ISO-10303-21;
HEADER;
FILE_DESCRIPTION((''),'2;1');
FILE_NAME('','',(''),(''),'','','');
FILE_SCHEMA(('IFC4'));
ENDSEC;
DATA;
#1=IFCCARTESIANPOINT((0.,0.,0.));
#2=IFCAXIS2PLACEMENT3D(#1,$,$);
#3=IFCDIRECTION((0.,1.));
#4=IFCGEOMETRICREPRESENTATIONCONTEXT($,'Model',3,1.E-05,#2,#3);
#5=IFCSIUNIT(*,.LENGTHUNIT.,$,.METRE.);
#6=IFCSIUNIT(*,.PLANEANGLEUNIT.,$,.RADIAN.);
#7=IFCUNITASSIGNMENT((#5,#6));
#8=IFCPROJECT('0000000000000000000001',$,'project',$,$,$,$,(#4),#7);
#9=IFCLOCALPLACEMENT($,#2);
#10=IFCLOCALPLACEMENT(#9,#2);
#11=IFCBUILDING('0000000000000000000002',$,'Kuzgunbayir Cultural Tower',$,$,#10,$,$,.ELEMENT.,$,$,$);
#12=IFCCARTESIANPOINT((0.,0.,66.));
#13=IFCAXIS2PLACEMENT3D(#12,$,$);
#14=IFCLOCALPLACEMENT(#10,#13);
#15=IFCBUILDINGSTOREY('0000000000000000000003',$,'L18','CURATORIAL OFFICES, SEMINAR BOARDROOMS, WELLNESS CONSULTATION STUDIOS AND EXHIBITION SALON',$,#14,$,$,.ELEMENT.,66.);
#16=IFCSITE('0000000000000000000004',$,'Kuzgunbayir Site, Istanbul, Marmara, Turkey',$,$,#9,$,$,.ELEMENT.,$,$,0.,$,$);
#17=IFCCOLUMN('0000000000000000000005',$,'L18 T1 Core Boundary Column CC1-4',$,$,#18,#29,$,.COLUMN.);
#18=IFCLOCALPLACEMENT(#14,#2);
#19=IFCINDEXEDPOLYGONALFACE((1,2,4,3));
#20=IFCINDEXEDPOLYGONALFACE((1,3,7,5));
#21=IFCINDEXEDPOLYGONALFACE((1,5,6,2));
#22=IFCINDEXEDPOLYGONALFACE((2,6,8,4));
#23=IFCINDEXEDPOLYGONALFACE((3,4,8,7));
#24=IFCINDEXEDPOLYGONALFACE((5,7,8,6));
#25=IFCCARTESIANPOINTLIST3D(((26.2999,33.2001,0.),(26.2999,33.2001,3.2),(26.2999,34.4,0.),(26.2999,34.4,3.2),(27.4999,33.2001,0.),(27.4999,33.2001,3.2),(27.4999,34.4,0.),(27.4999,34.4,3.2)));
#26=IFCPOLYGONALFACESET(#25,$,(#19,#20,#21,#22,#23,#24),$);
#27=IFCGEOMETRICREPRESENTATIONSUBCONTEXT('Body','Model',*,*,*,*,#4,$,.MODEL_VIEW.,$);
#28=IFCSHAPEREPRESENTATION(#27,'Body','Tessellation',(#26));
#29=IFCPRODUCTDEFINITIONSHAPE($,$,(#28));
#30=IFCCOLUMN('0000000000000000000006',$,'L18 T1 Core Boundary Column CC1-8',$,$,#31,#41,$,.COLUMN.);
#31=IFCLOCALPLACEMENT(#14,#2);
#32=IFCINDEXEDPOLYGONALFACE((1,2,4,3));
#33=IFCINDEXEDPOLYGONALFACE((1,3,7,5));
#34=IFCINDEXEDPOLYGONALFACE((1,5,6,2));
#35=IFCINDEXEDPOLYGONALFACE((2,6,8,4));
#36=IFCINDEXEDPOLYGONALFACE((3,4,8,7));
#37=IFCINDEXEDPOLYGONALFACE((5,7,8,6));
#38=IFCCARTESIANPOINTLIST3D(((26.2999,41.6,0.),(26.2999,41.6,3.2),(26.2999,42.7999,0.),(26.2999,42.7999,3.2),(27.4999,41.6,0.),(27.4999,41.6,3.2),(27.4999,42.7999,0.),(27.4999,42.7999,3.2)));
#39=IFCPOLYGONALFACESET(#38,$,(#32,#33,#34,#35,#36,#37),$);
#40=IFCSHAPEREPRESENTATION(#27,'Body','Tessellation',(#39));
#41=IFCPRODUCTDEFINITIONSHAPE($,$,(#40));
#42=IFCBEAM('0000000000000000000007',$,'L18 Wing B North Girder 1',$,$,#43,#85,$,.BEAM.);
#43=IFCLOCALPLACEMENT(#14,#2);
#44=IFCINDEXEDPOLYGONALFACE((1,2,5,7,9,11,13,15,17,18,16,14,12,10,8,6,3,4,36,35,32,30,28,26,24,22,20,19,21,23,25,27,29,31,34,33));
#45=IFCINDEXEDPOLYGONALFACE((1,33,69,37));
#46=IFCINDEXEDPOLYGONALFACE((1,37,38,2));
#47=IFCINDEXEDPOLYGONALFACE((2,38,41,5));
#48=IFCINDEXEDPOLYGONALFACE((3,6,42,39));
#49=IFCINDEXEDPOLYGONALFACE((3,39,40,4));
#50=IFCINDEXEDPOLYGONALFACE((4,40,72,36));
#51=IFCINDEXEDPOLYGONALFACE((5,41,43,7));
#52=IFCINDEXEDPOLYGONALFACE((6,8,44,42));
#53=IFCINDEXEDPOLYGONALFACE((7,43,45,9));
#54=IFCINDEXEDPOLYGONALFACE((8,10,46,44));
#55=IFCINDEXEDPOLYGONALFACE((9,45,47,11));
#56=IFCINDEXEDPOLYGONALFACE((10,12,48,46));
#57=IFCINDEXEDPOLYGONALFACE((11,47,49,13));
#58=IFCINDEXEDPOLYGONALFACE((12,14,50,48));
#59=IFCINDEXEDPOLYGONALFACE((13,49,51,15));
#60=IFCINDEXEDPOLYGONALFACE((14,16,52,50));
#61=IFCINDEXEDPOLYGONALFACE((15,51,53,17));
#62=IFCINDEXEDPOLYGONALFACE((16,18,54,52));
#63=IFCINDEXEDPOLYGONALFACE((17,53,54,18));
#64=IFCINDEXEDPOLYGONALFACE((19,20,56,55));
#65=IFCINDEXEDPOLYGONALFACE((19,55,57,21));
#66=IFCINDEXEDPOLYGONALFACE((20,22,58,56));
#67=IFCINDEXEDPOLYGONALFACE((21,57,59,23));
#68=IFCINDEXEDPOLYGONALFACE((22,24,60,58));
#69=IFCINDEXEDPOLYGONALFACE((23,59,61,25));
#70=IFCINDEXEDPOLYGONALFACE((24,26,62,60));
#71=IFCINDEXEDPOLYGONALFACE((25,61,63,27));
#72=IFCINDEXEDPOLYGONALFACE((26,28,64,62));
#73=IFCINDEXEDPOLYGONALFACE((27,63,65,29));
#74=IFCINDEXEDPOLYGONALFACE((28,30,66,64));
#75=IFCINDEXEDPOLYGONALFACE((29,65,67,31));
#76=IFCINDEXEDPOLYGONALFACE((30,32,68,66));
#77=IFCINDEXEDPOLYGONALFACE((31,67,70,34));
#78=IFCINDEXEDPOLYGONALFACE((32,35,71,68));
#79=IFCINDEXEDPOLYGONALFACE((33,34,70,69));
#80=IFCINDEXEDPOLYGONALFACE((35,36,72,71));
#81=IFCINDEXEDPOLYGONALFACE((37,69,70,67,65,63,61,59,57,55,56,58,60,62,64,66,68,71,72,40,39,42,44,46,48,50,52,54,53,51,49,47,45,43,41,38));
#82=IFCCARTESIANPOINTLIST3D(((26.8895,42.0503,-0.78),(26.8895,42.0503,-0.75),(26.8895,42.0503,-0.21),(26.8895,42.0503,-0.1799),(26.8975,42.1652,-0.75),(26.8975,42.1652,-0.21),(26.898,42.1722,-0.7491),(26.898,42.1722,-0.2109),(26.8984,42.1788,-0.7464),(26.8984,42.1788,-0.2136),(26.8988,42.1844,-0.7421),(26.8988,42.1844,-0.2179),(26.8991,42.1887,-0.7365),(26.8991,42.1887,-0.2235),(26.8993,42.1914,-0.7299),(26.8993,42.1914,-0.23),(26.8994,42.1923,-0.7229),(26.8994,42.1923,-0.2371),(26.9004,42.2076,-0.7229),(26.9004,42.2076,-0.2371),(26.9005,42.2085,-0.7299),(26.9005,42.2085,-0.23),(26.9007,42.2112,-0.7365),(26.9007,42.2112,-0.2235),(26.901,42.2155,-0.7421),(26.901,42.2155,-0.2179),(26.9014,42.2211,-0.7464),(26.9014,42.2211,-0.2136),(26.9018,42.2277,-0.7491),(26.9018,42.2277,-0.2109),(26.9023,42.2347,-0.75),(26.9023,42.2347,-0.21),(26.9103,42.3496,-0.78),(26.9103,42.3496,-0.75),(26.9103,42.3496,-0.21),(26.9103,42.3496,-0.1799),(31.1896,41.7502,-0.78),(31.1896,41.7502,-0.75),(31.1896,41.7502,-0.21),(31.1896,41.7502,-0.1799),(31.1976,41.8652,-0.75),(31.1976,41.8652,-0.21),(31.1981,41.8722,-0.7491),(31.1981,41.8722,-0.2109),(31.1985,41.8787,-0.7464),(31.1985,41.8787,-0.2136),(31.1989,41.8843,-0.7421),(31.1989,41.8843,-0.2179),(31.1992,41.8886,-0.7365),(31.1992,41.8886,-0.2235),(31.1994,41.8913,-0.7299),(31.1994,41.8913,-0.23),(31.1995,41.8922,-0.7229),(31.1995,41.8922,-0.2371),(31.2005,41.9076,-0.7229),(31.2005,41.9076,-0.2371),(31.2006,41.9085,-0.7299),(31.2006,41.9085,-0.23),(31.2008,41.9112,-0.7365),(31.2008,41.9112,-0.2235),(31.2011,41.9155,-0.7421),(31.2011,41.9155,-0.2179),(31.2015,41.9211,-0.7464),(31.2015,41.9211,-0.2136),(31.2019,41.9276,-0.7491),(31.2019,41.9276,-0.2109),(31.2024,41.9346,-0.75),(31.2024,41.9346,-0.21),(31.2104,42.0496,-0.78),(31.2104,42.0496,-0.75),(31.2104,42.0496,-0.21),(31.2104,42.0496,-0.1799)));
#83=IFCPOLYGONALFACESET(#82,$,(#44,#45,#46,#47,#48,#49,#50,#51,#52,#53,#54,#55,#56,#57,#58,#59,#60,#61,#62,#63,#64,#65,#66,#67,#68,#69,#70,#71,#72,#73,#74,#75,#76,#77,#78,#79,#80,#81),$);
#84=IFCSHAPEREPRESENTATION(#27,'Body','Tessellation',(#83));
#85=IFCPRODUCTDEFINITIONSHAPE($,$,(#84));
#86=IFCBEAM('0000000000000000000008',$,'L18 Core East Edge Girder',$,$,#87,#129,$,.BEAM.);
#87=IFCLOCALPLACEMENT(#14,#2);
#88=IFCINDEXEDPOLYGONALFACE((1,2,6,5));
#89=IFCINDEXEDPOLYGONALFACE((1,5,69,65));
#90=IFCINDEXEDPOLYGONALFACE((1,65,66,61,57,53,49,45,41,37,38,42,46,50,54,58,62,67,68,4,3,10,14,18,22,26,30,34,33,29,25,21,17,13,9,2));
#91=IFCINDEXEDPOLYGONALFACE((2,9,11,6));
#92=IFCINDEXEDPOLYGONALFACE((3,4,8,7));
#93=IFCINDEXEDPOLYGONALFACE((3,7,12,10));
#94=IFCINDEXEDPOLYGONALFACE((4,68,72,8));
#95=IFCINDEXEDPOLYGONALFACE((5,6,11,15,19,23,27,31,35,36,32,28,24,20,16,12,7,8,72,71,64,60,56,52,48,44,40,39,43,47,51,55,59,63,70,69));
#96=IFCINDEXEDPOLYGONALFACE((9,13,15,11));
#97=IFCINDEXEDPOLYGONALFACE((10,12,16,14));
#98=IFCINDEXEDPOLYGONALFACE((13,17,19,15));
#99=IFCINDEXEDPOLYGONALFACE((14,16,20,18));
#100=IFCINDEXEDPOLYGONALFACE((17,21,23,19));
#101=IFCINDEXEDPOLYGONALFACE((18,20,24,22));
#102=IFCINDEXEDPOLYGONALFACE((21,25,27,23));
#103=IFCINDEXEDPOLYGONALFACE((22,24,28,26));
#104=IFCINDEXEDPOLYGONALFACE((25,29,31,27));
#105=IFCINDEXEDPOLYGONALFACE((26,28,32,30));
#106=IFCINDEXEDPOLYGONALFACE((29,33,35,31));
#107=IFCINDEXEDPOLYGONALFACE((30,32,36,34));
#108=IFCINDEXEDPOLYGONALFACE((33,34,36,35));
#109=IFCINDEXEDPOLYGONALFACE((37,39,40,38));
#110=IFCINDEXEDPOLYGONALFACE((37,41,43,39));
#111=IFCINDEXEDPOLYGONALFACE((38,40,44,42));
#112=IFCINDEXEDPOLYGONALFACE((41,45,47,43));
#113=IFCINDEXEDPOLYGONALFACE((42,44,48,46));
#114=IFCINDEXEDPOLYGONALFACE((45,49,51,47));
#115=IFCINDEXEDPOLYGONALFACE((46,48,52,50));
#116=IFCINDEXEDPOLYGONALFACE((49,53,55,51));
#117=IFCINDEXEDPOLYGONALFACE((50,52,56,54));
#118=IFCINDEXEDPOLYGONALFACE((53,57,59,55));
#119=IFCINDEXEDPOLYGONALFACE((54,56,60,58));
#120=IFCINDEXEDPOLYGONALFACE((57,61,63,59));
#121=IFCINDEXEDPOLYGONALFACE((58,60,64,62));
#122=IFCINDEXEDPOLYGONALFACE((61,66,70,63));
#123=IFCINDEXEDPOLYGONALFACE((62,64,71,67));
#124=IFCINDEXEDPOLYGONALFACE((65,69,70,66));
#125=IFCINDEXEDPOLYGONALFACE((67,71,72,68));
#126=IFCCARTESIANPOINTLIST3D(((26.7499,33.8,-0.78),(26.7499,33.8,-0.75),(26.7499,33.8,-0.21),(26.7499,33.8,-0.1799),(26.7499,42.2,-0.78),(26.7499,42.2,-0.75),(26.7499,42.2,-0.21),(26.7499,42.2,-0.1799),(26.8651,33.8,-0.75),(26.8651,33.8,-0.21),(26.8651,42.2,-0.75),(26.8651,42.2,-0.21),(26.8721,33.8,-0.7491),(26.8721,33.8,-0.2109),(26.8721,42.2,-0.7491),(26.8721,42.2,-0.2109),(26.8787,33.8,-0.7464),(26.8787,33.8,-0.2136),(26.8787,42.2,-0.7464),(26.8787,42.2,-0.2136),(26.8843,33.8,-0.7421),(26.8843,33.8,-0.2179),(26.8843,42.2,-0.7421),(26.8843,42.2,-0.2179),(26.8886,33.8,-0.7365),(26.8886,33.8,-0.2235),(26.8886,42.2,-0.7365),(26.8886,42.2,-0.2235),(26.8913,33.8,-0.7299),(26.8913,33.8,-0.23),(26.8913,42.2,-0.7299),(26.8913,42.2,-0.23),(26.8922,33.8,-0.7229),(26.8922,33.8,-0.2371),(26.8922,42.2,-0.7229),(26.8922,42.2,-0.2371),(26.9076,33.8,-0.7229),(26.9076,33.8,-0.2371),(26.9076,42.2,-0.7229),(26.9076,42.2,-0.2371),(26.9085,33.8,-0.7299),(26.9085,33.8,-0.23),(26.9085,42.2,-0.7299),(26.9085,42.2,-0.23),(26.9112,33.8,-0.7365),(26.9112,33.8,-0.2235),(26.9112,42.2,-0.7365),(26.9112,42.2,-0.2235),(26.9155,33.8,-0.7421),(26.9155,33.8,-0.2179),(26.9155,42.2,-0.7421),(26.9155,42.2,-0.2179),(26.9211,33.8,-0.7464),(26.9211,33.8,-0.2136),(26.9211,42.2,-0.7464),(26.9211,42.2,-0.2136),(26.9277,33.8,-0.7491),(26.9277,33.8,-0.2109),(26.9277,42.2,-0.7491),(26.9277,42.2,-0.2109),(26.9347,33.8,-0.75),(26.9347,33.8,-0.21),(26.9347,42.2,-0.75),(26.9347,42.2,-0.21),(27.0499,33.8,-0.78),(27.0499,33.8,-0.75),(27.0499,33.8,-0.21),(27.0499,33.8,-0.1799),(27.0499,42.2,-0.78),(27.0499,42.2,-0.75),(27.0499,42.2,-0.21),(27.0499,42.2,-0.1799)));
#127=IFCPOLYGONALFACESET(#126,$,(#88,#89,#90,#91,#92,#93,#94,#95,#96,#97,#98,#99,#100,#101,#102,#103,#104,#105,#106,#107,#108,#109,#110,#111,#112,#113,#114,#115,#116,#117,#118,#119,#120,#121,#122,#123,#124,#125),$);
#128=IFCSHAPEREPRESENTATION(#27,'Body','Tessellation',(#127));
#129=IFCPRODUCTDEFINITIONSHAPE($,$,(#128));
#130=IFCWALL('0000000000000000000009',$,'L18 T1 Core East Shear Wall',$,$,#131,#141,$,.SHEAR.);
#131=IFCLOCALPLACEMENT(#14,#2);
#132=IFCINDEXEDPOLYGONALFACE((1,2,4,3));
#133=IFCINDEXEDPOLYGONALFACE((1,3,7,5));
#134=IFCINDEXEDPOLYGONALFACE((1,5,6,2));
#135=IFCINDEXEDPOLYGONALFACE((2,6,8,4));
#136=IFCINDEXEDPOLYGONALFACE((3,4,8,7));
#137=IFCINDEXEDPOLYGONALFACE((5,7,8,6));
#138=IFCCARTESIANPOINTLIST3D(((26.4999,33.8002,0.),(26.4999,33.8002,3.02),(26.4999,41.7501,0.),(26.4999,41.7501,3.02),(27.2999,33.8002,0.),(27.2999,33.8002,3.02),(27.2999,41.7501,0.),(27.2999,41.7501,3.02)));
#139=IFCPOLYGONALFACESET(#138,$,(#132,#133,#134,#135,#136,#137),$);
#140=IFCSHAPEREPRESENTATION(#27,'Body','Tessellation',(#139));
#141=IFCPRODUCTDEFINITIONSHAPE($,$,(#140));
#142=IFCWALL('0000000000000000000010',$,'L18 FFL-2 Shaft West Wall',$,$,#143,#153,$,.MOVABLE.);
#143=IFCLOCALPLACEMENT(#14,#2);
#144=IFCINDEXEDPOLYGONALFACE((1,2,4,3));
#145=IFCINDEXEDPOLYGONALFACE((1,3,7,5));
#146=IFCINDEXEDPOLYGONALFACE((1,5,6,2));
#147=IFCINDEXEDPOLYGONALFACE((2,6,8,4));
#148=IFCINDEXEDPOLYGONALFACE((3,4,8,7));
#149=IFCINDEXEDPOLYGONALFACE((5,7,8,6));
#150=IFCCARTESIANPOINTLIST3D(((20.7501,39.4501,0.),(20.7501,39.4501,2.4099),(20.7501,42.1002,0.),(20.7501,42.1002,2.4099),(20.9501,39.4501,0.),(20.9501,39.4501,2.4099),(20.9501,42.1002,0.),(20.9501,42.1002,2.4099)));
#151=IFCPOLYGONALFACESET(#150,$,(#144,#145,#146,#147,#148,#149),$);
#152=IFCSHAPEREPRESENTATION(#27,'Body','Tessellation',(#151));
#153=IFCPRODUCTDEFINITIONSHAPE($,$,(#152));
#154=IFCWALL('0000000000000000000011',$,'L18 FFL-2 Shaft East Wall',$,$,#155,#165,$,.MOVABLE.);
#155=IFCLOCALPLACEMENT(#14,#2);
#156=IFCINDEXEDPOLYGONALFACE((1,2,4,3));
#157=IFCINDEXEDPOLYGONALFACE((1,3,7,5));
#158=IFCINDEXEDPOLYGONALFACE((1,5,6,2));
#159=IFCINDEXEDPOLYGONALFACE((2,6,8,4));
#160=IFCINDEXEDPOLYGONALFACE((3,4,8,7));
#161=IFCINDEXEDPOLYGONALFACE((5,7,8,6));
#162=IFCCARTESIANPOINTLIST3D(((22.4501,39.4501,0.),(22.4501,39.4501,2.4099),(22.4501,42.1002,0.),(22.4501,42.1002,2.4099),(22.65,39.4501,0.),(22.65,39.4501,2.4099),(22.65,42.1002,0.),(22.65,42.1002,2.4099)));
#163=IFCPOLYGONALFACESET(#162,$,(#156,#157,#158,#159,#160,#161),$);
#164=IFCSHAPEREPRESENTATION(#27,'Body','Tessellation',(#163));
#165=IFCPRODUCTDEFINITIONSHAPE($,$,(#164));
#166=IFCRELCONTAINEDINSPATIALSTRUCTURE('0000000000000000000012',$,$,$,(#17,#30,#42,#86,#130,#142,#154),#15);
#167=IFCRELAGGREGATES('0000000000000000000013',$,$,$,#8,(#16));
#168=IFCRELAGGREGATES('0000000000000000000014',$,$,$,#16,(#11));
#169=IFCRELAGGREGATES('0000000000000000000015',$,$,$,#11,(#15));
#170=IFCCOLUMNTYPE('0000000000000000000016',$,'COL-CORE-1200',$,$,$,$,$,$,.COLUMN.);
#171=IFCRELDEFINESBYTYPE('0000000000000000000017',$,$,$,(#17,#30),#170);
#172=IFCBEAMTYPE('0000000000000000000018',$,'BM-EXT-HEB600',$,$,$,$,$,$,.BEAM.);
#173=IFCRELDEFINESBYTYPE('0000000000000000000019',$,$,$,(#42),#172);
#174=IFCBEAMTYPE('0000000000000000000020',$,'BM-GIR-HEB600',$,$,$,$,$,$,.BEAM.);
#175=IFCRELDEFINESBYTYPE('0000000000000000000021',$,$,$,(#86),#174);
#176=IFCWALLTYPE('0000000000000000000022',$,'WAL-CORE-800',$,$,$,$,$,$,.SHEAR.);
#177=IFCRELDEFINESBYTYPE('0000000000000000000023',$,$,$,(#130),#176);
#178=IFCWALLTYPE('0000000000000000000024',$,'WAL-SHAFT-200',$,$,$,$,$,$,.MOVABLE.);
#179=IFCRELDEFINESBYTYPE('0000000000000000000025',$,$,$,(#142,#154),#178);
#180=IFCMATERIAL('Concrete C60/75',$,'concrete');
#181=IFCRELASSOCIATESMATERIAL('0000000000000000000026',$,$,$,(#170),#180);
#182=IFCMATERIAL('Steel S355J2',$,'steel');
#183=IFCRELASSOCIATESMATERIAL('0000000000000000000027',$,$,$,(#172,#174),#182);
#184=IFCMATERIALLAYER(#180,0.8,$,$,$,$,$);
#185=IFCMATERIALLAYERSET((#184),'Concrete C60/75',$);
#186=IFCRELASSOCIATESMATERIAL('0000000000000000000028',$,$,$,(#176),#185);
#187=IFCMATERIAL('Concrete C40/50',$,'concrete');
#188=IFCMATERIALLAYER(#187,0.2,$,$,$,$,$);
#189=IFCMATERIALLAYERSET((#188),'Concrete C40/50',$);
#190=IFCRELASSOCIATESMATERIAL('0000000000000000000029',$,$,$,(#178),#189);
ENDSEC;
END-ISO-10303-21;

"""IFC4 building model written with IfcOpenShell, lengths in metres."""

from ifc_helpers import new_model, si_unit, direction, frame, frame_2d, origin, origin_2d, place, context, subcontext, project, spatial, rectangle, i_section, extrude, material, layer, layer_set, material_profile, profile_set, type_object, element, save


model = new_model("IFC4")

# Units and contexts
model_context = context("Model", 3, precision=1e-05, world=origin(), true_north=direction((0.0, 1.0)))
body_context = subcontext(model_context, "Body", "Model", "MODEL_VIEW")
ifc_project = project(units=[si_unit("LENGTHUNIT", "METRE"), si_unit("PLANEANGLEUNIT", "RADIAN")], contexts=[model_context])

# Site, building, storey
site_placement = place(None, origin())
site = spatial("IfcSite", under=ifc_project, at=site_placement, Name="Kuzgunbayir Site, Istanbul, Marmara, Turkey", CompositionType="ELEMENT", RefElevation=0.0)
building_placement = place(site_placement, origin())
building = spatial("IfcBuilding", under=site, at=building_placement, Name="Kuzgunbayir Cultural Tower", CompositionType="ELEMENT")
storey_placement = place(building_placement, frame((0.0, 0.0, 66.0)))
storey = spatial("IfcBuildingStorey", under=building, at=storey_placement, Name="L18", Description="CURATORIAL OFFICES, SEMINAR BOARDROOMS, WELLNESS CONSULTATION STUDIOS AND EXHIBITION SALON", CompositionType="ELEMENT", Elevation=66.0)

# Columns
ifc_material_1 = material(Name="Concrete C60/75", Category="concrete")
ifc_material_profile_1 = material_profile(ifc_material_1, rectangle(XDim=1.2, YDim=1.2, at=origin_2d()), Name="RC 1200x1200")
ifc_profile_set_1 = profile_set([ifc_material_profile_1], Name="Concrete C60/75")
column_type = type_object("IfcColumnType", Name="COL-CORE-1200", PredefinedType="COLUMN", material=ifc_profile_set_1)
for number, where, z_axis, x_axis, name in (
    (1, (26.8999, 33.8, 0.0), (0.0, 0.0, 1.0), (1.0, 0.0, 0.0), "L18 T1 Core Boundary Column CC1-4"),
    (2, (26.8999, 42.2, 0.0), (0.0, 0.0, 1.0), (1.0, 0.0, 0.0), "L18 T1 Core Boundary Column CC1-8"),
):
    element("IfcColumn", number, at=place(storey_placement, frame(where, z_axis=z_axis, x_axis=x_axis)), inside=storey, type_object=column_type, Name=name, PredefinedType="COLUMN", context=body_context, shape_type="SweptSolid", body=[
        extrude(rectangle(XDim=1.2, YDim=1.2, at=origin_2d()), origin(), (0.0, 0.0, 1.0), 3.2),
    ])

# Beams
ifc_material_2 = material(Name="Steel S355J2", Category="steel")
ifc_material_profile_2 = material_profile(ifc_material_2, i_section(OverallWidth=0.3, OverallDepth=0.6001, WebThickness=0.0154, FlangeThickness=0.03, FilletRadius=0.0271, at=origin_2d()), Name="HEB 600")
ifc_profile_set_2 = profile_set([ifc_material_profile_2], Name="Steel S355J2")
beam_type_1 = type_object("IfcBeamType", Name="BM-EXT-HEB600", PredefinedType="BEAM", material=ifc_profile_set_2)
beam_1_placement = place(storey_placement, frame((26.8999, 42.2, -0.48), z_axis=(0.997574, -0.069609, 0.0), x_axis=(0.069609, 0.997574, 0.0)))
element("IfcBeam", 3, at=beam_1_placement, inside=storey, type_object=beam_type_1, Name="L18 Wing B North Girder 1", PredefinedType="BEAM", context=body_context, shape_type="SweptSolid", body=[
    extrude(i_section(OverallWidth=0.3, OverallDepth=0.6001, WebThickness=0.0154, FlangeThickness=0.03, FilletRadius=0.0271, at=origin_2d()), origin(), (0.0, 0.0, 1.0), 4.3105),
])
ifc_material_profile_3 = material_profile(ifc_material_2, i_section(OverallWidth=0.3, OverallDepth=0.6001, WebThickness=0.0154, FlangeThickness=0.03, FilletRadius=0.0271, at=origin_2d()), Name="HEB 600")
ifc_profile_set_3 = profile_set([ifc_material_profile_3], Name="Steel S355J2")
beam_type_2 = type_object("IfcBeamType", Name="BM-GIR-HEB600", PredefinedType="BEAM", material=ifc_profile_set_3)
beam_2_placement = place(storey_placement, frame((26.8999, 33.8, -0.48), z_axis=(0.0, 1.0, 0.0), x_axis=(-1.0, 0.0, 0.0)))
element("IfcBeam", 4, at=beam_2_placement, inside=storey, type_object=beam_type_2, Name="L18 Core East Edge Girder", PredefinedType="BEAM", context=body_context, shape_type="SweptSolid", body=[
    extrude(i_section(OverallWidth=0.3, OverallDepth=0.6001, WebThickness=0.0154, FlangeThickness=0.03, FilletRadius=0.0271, at=origin_2d()), origin(), (0.0, 0.0, 1.0), 8.3999),
])

# Wall
ifc_layer_1 = layer(ifc_material_1, 0.8)
ifc_layer_set_1 = layer_set([ifc_layer_1], Name="Concrete C60/75")
wall_type_1 = type_object("IfcWallType", Name="WAL-CORE-800", PredefinedType="SHEAR", material=ifc_layer_set_1)
wall_1_placement = place(storey_placement, frame((26.8999, 33.8, 0.0), z_axis=(0.0, 0.0, 1.0), x_axis=(0.0, 1.0, 0.0)))
element("IfcWall", 5, at=wall_1_placement, inside=storey, type_object=wall_type_1, Name="L18 T1 Core East Shear Wall", PredefinedType="SHEAR", context=body_context, shape_type="SweptSolid", body=[
    extrude(rectangle(XDim=7.95, YDim=0.8, at=frame_2d((3.9751, 0.0))), origin(), (0.0, 0.0, 1.0), 3.02),
])

# Shared definitions
ifc_material_3 = material(Name="Concrete C40/50", Category="concrete")
ifc_layer_2 = layer(ifc_material_3, 0.2)
ifc_layer_set_2 = layer_set([ifc_layer_2], Name="Concrete C40/50")
wall_type_2 = type_object("IfcWallType", Name="WAL-SHAFT-200", PredefinedType="MOVABLE", material=ifc_layer_set_2)

# Walls
for number, where, z_axis, x_axis, name in (
    (6, (20.8501, 39.45, 0.0), (0.0, 0.0, 1.0), (0.0, 1.0, 0.0), "L18 FFL-2 Shaft West Wall"),
    (7, (22.55, 39.45, 0.0), (0.0, 0.0, 1.0), (0.0, 1.0, 0.0), "L18 FFL-2 Shaft East Wall"),
):
    element("IfcWall", number, at=place(storey_placement, frame(where, z_axis=z_axis, x_axis=x_axis)), inside=storey, type_object=wall_type_2, Name=name, PredefinedType="MOVABLE", context=body_context, shape_type="SweptSolid", body=[
        extrude(rectangle(XDim=2.6501, YDim=0.2, at=frame_2d((1.3252, 0.0))), origin(), (0.0, 0.0, 1.0), 2.4099),
    ])

save(model, "model.ifc")
